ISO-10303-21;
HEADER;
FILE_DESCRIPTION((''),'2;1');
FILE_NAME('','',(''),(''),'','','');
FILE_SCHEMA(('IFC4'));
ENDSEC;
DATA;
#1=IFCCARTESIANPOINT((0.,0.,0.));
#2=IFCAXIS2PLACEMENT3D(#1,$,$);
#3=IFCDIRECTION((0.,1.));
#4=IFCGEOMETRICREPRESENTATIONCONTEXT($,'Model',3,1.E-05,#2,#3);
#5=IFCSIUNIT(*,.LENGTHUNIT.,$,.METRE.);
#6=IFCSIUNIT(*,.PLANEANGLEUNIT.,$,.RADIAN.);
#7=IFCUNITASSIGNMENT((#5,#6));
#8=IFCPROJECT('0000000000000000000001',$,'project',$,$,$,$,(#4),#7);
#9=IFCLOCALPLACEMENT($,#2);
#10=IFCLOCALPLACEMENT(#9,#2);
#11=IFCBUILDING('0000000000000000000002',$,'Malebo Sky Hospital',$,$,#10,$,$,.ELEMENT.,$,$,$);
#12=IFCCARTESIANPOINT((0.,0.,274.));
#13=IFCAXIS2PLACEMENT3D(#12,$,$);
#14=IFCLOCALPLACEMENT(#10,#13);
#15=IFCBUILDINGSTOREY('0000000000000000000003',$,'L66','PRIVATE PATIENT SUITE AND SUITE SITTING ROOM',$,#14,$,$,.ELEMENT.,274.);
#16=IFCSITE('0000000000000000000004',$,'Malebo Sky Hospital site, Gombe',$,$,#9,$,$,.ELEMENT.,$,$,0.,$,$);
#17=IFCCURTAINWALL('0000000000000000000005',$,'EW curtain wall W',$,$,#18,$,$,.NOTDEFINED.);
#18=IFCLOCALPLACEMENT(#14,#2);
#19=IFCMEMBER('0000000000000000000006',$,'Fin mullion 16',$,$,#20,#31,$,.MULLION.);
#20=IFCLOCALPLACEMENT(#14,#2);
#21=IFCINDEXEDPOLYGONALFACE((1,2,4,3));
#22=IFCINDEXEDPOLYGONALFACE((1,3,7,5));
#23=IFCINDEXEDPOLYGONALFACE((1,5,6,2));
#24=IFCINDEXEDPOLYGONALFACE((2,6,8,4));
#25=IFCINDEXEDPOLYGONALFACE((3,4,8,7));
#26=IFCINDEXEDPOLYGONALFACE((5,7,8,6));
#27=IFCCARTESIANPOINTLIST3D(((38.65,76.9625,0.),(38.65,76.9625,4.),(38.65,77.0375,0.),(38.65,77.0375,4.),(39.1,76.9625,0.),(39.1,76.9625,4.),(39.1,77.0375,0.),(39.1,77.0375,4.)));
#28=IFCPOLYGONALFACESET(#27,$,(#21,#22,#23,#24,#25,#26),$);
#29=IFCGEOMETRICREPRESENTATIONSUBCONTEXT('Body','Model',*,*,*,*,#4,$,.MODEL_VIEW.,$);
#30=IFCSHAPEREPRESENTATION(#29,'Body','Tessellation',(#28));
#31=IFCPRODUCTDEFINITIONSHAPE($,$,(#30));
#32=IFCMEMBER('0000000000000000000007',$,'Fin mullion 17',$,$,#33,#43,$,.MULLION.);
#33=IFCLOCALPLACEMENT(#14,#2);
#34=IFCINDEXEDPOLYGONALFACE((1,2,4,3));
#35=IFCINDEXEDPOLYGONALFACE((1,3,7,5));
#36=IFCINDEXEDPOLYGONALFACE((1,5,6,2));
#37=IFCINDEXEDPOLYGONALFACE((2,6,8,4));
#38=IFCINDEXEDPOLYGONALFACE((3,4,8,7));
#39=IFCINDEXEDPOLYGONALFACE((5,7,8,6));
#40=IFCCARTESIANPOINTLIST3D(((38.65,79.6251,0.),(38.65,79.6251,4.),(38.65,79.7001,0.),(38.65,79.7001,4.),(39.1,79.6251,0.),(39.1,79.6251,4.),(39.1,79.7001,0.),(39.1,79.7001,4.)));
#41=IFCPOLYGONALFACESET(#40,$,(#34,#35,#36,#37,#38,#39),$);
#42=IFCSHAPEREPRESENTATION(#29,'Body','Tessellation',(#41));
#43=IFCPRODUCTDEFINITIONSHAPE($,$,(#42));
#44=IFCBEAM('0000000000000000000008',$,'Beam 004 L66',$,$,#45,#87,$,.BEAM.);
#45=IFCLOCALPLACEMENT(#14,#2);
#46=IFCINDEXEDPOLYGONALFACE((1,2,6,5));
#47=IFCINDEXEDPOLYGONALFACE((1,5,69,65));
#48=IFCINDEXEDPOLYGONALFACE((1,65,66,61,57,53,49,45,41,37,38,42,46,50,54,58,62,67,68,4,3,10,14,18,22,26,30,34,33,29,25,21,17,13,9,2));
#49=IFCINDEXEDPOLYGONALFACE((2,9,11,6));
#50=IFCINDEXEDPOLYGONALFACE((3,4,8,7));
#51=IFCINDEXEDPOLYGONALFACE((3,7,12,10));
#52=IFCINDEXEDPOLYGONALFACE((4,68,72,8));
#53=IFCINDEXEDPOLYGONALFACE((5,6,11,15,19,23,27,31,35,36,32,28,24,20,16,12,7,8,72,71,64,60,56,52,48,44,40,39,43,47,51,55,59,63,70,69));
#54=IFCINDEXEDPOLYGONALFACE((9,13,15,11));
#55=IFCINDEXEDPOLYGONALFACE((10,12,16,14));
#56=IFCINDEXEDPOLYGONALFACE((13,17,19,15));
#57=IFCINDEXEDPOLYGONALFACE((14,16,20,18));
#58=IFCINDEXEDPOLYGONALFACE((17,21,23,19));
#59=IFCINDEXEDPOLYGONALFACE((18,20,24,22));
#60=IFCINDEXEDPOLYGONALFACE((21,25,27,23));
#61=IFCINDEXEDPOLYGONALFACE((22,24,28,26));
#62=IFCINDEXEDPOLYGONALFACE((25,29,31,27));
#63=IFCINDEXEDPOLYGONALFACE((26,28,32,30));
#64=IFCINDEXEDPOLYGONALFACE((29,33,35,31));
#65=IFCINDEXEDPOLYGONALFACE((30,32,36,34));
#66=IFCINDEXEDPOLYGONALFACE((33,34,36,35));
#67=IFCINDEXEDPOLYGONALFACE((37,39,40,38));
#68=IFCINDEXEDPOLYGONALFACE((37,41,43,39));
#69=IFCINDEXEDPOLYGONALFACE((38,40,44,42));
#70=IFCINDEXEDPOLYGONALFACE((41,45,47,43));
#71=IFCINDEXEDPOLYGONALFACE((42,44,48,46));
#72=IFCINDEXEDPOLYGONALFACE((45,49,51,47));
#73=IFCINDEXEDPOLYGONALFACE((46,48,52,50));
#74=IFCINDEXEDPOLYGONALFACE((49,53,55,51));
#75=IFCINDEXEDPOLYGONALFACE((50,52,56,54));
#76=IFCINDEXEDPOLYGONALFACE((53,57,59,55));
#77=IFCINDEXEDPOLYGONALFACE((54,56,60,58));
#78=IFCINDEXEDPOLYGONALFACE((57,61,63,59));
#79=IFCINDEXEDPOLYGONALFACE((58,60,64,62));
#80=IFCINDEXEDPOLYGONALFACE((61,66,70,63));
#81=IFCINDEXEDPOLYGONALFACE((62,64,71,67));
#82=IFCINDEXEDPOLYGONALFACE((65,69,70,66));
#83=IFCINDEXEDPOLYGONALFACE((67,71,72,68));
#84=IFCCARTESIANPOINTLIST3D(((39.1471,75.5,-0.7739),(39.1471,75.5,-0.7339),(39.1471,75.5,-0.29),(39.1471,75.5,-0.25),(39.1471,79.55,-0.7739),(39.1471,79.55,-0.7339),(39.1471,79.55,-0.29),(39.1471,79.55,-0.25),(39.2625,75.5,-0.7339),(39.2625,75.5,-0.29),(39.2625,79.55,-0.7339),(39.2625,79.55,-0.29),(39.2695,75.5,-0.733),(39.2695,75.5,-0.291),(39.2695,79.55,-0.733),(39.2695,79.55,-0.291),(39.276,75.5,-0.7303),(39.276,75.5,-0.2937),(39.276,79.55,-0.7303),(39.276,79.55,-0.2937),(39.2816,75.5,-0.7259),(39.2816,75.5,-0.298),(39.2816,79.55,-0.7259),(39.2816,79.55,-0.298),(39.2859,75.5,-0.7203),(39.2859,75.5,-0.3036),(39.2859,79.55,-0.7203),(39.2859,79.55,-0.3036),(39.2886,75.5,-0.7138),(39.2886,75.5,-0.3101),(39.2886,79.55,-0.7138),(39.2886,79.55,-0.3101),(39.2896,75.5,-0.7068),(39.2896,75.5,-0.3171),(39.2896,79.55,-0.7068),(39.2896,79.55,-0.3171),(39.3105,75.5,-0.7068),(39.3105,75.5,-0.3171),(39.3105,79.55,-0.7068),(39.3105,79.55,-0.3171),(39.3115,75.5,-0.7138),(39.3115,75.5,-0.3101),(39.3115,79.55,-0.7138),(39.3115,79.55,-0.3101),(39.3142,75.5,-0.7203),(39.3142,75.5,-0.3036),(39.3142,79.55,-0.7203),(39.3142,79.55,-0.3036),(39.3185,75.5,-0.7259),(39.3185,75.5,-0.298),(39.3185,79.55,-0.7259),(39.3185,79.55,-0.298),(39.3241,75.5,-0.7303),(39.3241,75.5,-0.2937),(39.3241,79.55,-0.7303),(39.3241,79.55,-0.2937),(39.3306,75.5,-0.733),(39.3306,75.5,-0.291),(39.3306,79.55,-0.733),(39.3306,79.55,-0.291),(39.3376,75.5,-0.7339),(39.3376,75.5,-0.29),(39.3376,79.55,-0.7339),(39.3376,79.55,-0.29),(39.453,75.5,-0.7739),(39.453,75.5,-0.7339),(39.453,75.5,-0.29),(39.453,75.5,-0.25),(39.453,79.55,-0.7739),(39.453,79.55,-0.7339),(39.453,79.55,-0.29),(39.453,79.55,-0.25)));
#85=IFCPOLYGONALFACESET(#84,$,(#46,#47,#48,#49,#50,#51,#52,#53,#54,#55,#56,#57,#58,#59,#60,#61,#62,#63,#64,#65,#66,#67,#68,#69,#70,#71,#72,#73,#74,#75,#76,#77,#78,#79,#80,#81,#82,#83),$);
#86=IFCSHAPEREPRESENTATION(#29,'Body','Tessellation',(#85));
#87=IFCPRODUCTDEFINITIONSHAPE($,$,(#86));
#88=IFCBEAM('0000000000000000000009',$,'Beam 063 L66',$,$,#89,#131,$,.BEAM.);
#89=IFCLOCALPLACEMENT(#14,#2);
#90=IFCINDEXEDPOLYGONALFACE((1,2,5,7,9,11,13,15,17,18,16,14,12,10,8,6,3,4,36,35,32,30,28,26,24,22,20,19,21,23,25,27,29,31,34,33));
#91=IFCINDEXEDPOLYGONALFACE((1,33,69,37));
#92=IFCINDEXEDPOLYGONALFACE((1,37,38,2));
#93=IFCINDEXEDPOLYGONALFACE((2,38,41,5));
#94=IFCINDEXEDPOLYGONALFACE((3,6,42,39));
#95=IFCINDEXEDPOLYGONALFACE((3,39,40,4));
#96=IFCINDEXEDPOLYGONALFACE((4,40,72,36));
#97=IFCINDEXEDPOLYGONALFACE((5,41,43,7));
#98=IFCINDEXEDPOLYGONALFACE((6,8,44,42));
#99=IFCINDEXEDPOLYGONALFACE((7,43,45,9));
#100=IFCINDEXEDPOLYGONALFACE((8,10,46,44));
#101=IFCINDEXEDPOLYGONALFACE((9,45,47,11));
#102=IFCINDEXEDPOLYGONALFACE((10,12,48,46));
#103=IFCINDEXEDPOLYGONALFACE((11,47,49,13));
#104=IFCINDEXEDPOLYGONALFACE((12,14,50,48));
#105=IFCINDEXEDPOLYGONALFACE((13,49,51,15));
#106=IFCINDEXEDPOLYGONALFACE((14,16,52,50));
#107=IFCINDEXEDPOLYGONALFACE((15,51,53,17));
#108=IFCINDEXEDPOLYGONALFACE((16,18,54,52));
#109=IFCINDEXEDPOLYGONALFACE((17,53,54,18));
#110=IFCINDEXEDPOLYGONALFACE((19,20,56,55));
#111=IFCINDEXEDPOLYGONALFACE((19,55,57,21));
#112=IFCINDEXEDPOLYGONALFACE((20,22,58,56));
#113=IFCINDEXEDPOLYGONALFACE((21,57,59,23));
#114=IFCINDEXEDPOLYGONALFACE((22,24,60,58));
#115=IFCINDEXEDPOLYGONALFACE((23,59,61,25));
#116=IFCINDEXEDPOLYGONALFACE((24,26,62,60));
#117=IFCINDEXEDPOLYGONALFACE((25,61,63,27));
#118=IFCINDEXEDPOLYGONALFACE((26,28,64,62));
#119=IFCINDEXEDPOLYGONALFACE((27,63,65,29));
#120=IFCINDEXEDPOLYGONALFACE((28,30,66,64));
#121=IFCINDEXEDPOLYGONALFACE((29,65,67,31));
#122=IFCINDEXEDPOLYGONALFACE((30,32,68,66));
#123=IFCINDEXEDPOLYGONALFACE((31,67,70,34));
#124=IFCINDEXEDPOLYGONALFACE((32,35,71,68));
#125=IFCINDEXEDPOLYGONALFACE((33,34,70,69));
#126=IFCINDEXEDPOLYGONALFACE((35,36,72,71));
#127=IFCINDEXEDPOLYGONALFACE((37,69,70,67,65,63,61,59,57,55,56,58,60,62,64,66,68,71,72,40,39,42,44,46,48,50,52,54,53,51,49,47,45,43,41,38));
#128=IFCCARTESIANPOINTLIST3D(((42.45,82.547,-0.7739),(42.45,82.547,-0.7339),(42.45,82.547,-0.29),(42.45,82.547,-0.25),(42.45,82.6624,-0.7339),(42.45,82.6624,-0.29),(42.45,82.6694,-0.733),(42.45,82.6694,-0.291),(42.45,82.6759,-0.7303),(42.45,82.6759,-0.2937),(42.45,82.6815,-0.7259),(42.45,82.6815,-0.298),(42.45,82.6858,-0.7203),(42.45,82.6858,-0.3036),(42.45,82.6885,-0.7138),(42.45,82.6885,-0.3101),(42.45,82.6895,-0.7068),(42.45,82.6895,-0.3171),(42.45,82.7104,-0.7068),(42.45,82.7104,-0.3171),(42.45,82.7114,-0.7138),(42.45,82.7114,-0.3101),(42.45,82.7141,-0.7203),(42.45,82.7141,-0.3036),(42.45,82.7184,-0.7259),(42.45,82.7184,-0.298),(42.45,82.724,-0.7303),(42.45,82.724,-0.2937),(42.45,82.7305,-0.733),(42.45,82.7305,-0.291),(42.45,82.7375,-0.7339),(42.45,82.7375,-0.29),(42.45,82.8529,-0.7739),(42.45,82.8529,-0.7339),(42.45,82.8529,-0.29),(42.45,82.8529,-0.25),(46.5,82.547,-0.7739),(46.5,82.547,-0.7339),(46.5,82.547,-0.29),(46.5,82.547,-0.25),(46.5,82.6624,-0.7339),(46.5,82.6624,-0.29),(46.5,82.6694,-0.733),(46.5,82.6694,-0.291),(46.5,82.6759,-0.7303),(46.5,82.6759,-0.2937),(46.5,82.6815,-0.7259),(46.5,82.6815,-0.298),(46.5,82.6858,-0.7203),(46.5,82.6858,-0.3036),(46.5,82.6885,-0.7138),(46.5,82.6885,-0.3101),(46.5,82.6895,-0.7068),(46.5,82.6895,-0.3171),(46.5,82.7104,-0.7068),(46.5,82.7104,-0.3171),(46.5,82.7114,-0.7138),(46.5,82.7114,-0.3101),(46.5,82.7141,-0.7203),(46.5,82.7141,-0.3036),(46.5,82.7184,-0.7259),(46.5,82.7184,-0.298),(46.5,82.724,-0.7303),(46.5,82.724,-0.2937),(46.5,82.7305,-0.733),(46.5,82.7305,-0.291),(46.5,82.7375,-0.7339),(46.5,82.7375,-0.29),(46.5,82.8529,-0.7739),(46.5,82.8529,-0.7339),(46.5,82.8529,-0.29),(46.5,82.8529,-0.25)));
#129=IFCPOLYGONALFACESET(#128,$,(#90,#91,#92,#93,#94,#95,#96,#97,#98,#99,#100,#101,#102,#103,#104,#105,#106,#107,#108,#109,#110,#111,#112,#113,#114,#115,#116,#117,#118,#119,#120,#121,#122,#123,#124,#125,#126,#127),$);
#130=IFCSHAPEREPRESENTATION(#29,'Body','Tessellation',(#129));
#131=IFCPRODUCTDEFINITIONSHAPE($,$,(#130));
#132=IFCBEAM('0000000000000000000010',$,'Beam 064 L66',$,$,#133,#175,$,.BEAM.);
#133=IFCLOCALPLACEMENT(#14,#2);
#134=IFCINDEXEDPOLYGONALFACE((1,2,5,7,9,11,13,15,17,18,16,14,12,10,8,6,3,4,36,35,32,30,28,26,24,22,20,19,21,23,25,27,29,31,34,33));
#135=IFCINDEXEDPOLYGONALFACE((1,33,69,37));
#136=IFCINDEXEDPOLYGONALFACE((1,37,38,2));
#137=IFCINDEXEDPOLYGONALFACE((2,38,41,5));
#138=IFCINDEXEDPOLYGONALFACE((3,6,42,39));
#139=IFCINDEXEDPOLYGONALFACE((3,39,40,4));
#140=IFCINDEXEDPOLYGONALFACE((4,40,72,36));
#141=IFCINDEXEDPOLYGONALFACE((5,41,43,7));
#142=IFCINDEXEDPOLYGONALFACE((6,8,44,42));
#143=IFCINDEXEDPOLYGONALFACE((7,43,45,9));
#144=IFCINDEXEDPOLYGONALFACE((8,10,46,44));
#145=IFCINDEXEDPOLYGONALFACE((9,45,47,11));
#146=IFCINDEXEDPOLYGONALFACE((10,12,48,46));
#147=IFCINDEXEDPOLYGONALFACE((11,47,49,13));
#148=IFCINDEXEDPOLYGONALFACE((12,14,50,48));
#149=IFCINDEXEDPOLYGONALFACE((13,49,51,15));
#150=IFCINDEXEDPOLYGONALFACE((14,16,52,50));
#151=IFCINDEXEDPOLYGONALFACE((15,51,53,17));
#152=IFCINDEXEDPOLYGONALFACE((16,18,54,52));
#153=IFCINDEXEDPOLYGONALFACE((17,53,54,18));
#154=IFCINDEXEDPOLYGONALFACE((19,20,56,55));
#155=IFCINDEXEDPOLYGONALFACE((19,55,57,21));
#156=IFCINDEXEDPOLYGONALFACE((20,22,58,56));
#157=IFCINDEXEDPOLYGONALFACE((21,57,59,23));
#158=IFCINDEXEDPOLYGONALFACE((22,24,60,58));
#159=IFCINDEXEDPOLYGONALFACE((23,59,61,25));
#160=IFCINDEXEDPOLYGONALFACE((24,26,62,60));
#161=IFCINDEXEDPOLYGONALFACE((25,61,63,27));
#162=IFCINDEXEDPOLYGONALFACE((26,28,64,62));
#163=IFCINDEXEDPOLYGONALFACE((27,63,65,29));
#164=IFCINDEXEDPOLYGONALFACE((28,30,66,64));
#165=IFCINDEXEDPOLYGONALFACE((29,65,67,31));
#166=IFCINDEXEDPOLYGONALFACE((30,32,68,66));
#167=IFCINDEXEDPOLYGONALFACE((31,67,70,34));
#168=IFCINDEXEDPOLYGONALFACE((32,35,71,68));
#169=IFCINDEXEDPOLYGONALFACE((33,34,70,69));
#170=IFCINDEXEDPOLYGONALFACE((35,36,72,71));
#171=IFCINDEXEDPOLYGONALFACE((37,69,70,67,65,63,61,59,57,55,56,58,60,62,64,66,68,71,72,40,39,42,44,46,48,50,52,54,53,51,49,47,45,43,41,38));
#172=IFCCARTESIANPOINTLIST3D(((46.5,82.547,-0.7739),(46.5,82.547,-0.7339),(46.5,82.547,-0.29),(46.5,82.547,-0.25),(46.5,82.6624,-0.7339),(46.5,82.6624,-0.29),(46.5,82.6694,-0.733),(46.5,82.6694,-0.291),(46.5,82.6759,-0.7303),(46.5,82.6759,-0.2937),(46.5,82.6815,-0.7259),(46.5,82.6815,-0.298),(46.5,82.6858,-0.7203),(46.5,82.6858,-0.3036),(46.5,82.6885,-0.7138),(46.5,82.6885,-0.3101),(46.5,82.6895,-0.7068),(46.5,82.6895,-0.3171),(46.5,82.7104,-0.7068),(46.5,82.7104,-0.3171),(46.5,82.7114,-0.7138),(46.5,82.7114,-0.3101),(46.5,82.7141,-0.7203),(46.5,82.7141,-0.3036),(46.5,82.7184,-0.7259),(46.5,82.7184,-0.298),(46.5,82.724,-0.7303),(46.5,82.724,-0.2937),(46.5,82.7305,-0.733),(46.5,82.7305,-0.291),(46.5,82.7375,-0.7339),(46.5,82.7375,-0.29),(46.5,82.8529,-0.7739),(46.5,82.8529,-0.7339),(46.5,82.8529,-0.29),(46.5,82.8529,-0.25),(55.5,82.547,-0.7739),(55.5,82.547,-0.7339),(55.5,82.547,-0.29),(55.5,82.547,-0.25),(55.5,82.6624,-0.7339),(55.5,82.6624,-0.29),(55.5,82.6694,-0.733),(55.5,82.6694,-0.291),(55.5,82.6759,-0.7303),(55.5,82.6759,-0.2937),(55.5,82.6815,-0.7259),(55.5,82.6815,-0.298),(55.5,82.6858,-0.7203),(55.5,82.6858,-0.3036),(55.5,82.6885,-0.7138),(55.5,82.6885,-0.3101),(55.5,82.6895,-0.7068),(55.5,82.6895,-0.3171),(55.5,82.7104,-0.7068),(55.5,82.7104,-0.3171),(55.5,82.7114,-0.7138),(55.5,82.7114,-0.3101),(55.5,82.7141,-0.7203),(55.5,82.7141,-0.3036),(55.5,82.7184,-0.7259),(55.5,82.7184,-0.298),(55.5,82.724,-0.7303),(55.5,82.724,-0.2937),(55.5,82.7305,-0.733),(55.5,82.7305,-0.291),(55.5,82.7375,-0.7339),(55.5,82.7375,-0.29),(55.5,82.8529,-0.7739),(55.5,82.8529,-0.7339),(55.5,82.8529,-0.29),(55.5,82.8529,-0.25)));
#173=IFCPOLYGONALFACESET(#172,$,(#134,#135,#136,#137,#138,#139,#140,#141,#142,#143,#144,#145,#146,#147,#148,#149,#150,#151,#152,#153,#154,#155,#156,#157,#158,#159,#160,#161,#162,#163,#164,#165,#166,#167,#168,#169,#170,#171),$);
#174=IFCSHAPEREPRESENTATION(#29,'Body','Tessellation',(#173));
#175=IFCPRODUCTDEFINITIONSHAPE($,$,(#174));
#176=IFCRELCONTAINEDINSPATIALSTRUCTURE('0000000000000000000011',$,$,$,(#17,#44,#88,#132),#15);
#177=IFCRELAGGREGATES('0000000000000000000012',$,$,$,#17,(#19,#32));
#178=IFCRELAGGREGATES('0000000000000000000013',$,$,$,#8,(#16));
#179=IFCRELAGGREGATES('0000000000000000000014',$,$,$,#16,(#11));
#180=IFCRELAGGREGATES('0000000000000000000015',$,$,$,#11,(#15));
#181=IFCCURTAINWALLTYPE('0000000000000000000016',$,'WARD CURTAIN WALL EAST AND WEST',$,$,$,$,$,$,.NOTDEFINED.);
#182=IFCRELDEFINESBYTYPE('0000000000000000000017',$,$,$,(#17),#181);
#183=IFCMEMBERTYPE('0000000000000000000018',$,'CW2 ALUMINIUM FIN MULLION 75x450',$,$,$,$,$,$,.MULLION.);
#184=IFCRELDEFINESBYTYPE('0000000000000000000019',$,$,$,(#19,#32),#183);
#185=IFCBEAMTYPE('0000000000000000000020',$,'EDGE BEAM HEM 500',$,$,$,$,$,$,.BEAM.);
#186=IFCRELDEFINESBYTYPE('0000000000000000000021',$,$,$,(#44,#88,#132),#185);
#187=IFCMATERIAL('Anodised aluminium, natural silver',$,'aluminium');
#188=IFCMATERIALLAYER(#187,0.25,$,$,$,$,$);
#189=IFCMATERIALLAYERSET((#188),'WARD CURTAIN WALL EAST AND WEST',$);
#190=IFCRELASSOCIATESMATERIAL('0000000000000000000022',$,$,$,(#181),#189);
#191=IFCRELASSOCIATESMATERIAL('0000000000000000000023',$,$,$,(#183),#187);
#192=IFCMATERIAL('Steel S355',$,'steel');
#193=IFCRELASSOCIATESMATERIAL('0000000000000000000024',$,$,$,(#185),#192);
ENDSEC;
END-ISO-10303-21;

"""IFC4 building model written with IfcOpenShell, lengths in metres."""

from ifc_helpers import new_model, si_unit, direction, frame, origin, origin_2d, place, context, subcontext, project, spatial, rectangle, i_section, extrude, material, layer, layer_set, material_profile, profile_set, type_object, element, aggregate, save


model = new_model("IFC4")

# Units and contexts
model_context = context("Model", 3, precision=1e-05, world=origin(), true_north=direction((0.0, 1.0)))
body_context = subcontext(model_context, "Body", "Model", "MODEL_VIEW")
ifc_project = project(units=[si_unit("LENGTHUNIT", "METRE"), si_unit("PLANEANGLEUNIT", "RADIAN")], contexts=[model_context])

# Site, building, storey
site_placement = place(None, origin())
site = spatial("IfcSite", under=ifc_project, at=site_placement, Name="Malebo Sky Hospital site, Gombe", CompositionType="ELEMENT", RefElevation=0.0)
building_placement = place(site_placement, origin())
building = spatial("IfcBuilding", under=site, at=building_placement, Name="Malebo Sky Hospital", CompositionType="ELEMENT")
storey_placement = place(building_placement, frame((0.0, 0.0, 274.0)))
storey = spatial("IfcBuildingStorey", under=building, at=storey_placement, Name="L66", Description="PRIVATE PATIENT SUITE AND SUITE SITTING ROOM", CompositionType="ELEMENT", Elevation=274.0)

# Curtain wall
ifc_material_1 = material(Name="Anodised aluminium, natural silver", Category="aluminium")
ifc_layer_1 = layer(ifc_material_1, 0.25)
ifc_layer_set_1 = layer_set([ifc_layer_1], Name="WARD CURTAIN WALL EAST AND WEST")
curtain_wall_type_1 = type_object("IfcCurtainWallType", Name="WARD CURTAIN WALL EAST AND WEST", PredefinedType="NOTDEFINED", material=ifc_layer_set_1)
curtain_wall_1_placement = place(storey_placement, origin())
curtain_wall_1 = element("IfcCurtainWall", 1, at=curtain_wall_1_placement, inside=storey, type_object=curtain_wall_type_1, Name="EW curtain wall W", PredefinedType="NOTDEFINED")

# Members
ifc_material_profile_1 = material_profile(ifc_material_1, rectangle(XDim=0.075, YDim=0.45, at=origin_2d()), Name="CW2 ALUMINIUM FIN MULLION 75x450")
ifc_profile_set_1 = profile_set([ifc_material_profile_1], Name="Anodised aluminium, natural silver")
member_type_1 = type_object("IfcMemberType", Name="CW2 ALUMINIUM FIN MULLION 75x450", PredefinedType="MULLION", material=ifc_profile_set_1)
member_1_placement = place(storey_placement, frame((38.875, 77.0, 0.0), z_axis=(0.0, 0.0, 1.0), x_axis=(0.0, 1.0, 0.0)))
member_1 = element("IfcMember", 2, at=member_1_placement, type_object=member_type_1, Name="Fin mullion 16", PredefinedType="MULLION", context=body_context, shape_type="SweptSolid", body=[
    extrude(rectangle(XDim=0.075, YDim=0.45, at=origin_2d()), origin(), (0.0, 0.0, 1.0), 4.0),
])
member_2_placement = place(storey_placement, frame((38.875, 79.6626, 0.0), z_axis=(0.0, 0.0, 1.0), x_axis=(0.0, 1.0, 0.0)))
member_2 = element("IfcMember", 3, at=member_2_placement, type_object=member_type_1, Name="Fin mullion 17", PredefinedType="MULLION", context=body_context, shape_type="SweptSolid", body=[
    extrude(rectangle(XDim=0.075, YDim=0.45, at=origin_2d()), origin(), (0.0, 0.0, 1.0), 4.0),
])

# Beams
ifc_material_2 = material(Name="Steel S355", Category="steel")
ifc_material_profile_2 = material_profile(ifc_material_2, i_section(OverallWidth=0.3059, OverallDepth=0.5239, WebThickness=0.021, FlangeThickness=0.04, FilletRadius=0.0271, at=origin_2d()), Name="HEM 500")
ifc_profile_set_2 = profile_set([ifc_material_profile_2], Name="Steel S355")
beam_type_1 = type_object("IfcBeamType", Name="EDGE BEAM HEM 500", PredefinedType="BEAM", material=ifc_profile_set_2)
for number, where, z_axis, x_axis, name in (
    (4, (39.3, 75.5, -0.512), (0.0, 1.0, 0.0), (-1.0, 0.0, 0.0), "Beam 004 L66"),
    (5, (42.45, 82.7, -0.512), (1.0, 0.0, 0.0), (0.0, 1.0, 0.0), "Beam 063 L66"),
):
    element("IfcBeam", number, at=place(storey_placement, frame(where, z_axis=z_axis, x_axis=x_axis)), inside=storey, type_object=beam_type_1, Name=name, PredefinedType="BEAM", context=body_context, shape_type="SweptSolid", body=[
        extrude(i_section(OverallWidth=0.3059, OverallDepth=0.5239, WebThickness=0.021, FlangeThickness=0.04, FilletRadius=0.0271, at=origin_2d()), origin(), (0.0, 0.0, 1.0), 4.05),
    ])
beam_1_placement = place(storey_placement, frame((46.5, 82.7, -0.512), z_axis=(1.0, 0.0, 0.0), x_axis=(0.0, 1.0, 0.0)))
element("IfcBeam", 6, at=beam_1_placement, inside=storey, type_object=beam_type_1, Name="Beam 064 L66", PredefinedType="BEAM", context=body_context, shape_type="SweptSolid", body=[
    extrude(i_section(OverallWidth=0.3059, OverallDepth=0.5239, WebThickness=0.021, FlangeThickness=0.04, FilletRadius=0.0271, at=origin_2d()), origin(), (0.0, 0.0, 1.0), 9.0),
])

aggregate(curtain_wall_1, [member_1, member_2])

save(model, "model.ifc")
